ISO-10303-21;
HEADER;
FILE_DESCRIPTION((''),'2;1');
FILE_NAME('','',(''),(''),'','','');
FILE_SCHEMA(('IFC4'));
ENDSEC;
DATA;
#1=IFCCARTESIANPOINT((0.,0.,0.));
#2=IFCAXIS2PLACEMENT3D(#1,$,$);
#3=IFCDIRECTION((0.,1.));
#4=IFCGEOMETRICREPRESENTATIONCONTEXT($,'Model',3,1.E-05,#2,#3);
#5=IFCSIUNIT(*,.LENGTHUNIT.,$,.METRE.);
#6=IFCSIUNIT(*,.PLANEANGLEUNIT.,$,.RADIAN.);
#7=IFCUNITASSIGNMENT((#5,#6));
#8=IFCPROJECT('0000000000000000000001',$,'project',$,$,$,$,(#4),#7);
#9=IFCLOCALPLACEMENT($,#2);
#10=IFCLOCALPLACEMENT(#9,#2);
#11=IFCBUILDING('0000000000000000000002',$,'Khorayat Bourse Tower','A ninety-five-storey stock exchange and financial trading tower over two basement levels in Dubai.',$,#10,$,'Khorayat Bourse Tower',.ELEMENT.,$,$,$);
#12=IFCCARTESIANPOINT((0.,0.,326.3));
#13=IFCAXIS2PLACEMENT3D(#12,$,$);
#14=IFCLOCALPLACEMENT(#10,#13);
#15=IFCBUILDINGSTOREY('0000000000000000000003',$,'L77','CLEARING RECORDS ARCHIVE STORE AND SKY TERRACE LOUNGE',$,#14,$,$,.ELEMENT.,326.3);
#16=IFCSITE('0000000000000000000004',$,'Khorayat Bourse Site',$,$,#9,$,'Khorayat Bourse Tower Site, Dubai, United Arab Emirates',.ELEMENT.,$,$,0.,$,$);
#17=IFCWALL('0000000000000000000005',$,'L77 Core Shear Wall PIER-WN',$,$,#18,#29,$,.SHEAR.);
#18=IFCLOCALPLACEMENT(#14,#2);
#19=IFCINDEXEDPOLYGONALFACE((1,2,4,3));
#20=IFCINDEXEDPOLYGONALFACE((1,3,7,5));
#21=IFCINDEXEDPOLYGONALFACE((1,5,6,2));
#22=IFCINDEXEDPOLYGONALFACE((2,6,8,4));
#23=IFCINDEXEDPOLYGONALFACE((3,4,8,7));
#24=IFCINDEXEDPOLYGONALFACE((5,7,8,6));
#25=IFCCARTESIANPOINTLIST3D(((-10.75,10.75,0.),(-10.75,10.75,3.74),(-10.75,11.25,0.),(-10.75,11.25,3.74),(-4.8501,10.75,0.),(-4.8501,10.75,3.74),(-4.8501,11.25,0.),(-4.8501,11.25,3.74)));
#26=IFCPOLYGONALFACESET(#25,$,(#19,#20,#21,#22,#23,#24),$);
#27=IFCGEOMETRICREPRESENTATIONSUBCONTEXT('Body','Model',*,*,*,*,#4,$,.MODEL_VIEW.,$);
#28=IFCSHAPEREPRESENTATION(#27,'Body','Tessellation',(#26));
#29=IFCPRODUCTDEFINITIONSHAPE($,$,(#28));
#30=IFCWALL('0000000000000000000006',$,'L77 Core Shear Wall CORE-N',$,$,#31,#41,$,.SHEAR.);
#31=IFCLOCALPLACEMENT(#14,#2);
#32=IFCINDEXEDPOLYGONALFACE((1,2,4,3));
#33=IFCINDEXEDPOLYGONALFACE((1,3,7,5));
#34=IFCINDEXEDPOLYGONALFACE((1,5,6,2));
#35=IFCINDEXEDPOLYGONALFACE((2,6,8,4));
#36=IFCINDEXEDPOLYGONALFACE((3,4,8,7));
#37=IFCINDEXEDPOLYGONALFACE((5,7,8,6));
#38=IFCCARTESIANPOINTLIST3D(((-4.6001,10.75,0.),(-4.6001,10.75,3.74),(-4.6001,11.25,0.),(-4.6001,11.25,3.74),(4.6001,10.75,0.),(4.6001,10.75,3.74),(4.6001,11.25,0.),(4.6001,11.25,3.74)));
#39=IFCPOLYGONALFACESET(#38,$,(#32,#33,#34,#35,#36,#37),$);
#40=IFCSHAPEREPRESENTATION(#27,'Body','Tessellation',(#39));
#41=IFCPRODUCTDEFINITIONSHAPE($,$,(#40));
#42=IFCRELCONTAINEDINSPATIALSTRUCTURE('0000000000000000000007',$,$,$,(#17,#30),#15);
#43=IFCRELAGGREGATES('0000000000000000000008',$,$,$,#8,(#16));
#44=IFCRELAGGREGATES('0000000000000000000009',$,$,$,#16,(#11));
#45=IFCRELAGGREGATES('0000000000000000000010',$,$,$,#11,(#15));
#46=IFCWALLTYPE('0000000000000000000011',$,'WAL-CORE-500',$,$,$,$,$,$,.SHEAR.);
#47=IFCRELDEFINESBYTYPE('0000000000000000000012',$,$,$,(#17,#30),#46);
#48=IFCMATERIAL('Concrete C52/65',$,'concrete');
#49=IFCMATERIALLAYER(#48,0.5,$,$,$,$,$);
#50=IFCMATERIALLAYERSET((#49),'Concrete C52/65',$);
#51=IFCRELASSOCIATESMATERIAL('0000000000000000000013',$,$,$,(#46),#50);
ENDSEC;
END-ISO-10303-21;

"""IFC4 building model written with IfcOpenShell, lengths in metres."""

from ifc_helpers import new_model, si_unit, direction, frame, frame_2d, origin, place, context, subcontext, project, spatial, rectangle, extrude, source, transform, mapped, material, layer, layer_set, type_object, element, save


model = new_model("IFC4")

# Units and contexts
model_context = context("Model", 3, precision=1e-05, world=origin(), true_north=direction((0.0, 1.0)))
body_context = subcontext(model_context, "Body", "Model", "MODEL_VIEW")
ifc_project = project(units=[si_unit("LENGTHUNIT", "METRE"), si_unit("PLANEANGLEUNIT", "RADIAN")], contexts=[model_context])

# Site, building, storey
site_placement = place(None, origin())
site = spatial("IfcSite", under=ifc_project, at=site_placement, Name="Khorayat Bourse Site", LongName="Khorayat Bourse Tower Site, Dubai, United Arab Emirates", CompositionType="ELEMENT", RefElevation=0.0)
building_placement = place(site_placement, origin())
building = spatial("IfcBuilding", under=site, at=building_placement, Name="Khorayat Bourse Tower", Description="A ninety-five-storey stock exchange and financial trading tower over two basement levels in Dubai.", LongName="Khorayat Bourse Tower", CompositionType="ELEMENT")
storey_placement = place(building_placement, frame((0.0, 0.0, 326.3)))
storey = spatial("IfcBuildingStorey", under=building, at=storey_placement, Name="L77", Description="CLEARING RECORDS ARCHIVE STORE AND SKY TERRACE LOUNGE", CompositionType="ELEMENT", Elevation=326.3)

# Shared definitions
ifc_material_1 = material(Name="Concrete C52/65", Category="concrete")

# Walls
ifc_layer_1 = layer(ifc_material_1, 0.5)
ifc_layer_set_1 = layer_set([ifc_layer_1], Name="Concrete C52/65")
wall_type = type_object("IfcWallType", Name="WAL-CORE-500", PredefinedType="SHEAR", material=ifc_layer_set_1)
shared_shape_1 = source(origin(), body_context, "Body", "SweptSolid", [
    extrude(rectangle(XDim=5.8999, YDim=0.5, at=frame_2d((2.95, 0.0))), origin(), (0.0, 0.0, 1.0), 3.74),
])
wall_1_placement = place(storey_placement, frame((-10.75, 11.0, 0.0), z_axis=(0.0, 0.0, 1.0), x_axis=(1.0, 0.0, 0.0)))
element("IfcWall", 1, at=wall_1_placement, inside=storey, type_object=wall_type, Name="L77 Core Shear Wall PIER-WN", PredefinedType="SHEAR", context=body_context, shape_type="MappedRepresentation", body=[
    mapped(shared_shape_1, transform((0.0, 0.0, 0.0), scale=1.0)),
])
shared_shape_2 = source(origin(), body_context, "Body", "SweptSolid", [
    extrude(rectangle(XDim=9.2002, YDim=0.5, at=frame_2d((4.6001, 0.0))), origin(), (0.0, 0.0, 1.0), 3.74),
])
wall_2_placement = place(storey_placement, frame((-4.6001, 11.0, 0.0), z_axis=(0.0, 0.0, 1.0), x_axis=(1.0, 0.0, 0.0)))
element("IfcWall", 2, at=wall_2_placement, inside=storey, type_object=wall_type, Name="L77 Core Shear Wall CORE-N", PredefinedType="SHEAR", context=body_context, shape_type="MappedRepresentation", body=[
    mapped(shared_shape_2, transform((0.0, 0.0, 0.0), scale=1.0)),
])

save(model, "model.ifc")
